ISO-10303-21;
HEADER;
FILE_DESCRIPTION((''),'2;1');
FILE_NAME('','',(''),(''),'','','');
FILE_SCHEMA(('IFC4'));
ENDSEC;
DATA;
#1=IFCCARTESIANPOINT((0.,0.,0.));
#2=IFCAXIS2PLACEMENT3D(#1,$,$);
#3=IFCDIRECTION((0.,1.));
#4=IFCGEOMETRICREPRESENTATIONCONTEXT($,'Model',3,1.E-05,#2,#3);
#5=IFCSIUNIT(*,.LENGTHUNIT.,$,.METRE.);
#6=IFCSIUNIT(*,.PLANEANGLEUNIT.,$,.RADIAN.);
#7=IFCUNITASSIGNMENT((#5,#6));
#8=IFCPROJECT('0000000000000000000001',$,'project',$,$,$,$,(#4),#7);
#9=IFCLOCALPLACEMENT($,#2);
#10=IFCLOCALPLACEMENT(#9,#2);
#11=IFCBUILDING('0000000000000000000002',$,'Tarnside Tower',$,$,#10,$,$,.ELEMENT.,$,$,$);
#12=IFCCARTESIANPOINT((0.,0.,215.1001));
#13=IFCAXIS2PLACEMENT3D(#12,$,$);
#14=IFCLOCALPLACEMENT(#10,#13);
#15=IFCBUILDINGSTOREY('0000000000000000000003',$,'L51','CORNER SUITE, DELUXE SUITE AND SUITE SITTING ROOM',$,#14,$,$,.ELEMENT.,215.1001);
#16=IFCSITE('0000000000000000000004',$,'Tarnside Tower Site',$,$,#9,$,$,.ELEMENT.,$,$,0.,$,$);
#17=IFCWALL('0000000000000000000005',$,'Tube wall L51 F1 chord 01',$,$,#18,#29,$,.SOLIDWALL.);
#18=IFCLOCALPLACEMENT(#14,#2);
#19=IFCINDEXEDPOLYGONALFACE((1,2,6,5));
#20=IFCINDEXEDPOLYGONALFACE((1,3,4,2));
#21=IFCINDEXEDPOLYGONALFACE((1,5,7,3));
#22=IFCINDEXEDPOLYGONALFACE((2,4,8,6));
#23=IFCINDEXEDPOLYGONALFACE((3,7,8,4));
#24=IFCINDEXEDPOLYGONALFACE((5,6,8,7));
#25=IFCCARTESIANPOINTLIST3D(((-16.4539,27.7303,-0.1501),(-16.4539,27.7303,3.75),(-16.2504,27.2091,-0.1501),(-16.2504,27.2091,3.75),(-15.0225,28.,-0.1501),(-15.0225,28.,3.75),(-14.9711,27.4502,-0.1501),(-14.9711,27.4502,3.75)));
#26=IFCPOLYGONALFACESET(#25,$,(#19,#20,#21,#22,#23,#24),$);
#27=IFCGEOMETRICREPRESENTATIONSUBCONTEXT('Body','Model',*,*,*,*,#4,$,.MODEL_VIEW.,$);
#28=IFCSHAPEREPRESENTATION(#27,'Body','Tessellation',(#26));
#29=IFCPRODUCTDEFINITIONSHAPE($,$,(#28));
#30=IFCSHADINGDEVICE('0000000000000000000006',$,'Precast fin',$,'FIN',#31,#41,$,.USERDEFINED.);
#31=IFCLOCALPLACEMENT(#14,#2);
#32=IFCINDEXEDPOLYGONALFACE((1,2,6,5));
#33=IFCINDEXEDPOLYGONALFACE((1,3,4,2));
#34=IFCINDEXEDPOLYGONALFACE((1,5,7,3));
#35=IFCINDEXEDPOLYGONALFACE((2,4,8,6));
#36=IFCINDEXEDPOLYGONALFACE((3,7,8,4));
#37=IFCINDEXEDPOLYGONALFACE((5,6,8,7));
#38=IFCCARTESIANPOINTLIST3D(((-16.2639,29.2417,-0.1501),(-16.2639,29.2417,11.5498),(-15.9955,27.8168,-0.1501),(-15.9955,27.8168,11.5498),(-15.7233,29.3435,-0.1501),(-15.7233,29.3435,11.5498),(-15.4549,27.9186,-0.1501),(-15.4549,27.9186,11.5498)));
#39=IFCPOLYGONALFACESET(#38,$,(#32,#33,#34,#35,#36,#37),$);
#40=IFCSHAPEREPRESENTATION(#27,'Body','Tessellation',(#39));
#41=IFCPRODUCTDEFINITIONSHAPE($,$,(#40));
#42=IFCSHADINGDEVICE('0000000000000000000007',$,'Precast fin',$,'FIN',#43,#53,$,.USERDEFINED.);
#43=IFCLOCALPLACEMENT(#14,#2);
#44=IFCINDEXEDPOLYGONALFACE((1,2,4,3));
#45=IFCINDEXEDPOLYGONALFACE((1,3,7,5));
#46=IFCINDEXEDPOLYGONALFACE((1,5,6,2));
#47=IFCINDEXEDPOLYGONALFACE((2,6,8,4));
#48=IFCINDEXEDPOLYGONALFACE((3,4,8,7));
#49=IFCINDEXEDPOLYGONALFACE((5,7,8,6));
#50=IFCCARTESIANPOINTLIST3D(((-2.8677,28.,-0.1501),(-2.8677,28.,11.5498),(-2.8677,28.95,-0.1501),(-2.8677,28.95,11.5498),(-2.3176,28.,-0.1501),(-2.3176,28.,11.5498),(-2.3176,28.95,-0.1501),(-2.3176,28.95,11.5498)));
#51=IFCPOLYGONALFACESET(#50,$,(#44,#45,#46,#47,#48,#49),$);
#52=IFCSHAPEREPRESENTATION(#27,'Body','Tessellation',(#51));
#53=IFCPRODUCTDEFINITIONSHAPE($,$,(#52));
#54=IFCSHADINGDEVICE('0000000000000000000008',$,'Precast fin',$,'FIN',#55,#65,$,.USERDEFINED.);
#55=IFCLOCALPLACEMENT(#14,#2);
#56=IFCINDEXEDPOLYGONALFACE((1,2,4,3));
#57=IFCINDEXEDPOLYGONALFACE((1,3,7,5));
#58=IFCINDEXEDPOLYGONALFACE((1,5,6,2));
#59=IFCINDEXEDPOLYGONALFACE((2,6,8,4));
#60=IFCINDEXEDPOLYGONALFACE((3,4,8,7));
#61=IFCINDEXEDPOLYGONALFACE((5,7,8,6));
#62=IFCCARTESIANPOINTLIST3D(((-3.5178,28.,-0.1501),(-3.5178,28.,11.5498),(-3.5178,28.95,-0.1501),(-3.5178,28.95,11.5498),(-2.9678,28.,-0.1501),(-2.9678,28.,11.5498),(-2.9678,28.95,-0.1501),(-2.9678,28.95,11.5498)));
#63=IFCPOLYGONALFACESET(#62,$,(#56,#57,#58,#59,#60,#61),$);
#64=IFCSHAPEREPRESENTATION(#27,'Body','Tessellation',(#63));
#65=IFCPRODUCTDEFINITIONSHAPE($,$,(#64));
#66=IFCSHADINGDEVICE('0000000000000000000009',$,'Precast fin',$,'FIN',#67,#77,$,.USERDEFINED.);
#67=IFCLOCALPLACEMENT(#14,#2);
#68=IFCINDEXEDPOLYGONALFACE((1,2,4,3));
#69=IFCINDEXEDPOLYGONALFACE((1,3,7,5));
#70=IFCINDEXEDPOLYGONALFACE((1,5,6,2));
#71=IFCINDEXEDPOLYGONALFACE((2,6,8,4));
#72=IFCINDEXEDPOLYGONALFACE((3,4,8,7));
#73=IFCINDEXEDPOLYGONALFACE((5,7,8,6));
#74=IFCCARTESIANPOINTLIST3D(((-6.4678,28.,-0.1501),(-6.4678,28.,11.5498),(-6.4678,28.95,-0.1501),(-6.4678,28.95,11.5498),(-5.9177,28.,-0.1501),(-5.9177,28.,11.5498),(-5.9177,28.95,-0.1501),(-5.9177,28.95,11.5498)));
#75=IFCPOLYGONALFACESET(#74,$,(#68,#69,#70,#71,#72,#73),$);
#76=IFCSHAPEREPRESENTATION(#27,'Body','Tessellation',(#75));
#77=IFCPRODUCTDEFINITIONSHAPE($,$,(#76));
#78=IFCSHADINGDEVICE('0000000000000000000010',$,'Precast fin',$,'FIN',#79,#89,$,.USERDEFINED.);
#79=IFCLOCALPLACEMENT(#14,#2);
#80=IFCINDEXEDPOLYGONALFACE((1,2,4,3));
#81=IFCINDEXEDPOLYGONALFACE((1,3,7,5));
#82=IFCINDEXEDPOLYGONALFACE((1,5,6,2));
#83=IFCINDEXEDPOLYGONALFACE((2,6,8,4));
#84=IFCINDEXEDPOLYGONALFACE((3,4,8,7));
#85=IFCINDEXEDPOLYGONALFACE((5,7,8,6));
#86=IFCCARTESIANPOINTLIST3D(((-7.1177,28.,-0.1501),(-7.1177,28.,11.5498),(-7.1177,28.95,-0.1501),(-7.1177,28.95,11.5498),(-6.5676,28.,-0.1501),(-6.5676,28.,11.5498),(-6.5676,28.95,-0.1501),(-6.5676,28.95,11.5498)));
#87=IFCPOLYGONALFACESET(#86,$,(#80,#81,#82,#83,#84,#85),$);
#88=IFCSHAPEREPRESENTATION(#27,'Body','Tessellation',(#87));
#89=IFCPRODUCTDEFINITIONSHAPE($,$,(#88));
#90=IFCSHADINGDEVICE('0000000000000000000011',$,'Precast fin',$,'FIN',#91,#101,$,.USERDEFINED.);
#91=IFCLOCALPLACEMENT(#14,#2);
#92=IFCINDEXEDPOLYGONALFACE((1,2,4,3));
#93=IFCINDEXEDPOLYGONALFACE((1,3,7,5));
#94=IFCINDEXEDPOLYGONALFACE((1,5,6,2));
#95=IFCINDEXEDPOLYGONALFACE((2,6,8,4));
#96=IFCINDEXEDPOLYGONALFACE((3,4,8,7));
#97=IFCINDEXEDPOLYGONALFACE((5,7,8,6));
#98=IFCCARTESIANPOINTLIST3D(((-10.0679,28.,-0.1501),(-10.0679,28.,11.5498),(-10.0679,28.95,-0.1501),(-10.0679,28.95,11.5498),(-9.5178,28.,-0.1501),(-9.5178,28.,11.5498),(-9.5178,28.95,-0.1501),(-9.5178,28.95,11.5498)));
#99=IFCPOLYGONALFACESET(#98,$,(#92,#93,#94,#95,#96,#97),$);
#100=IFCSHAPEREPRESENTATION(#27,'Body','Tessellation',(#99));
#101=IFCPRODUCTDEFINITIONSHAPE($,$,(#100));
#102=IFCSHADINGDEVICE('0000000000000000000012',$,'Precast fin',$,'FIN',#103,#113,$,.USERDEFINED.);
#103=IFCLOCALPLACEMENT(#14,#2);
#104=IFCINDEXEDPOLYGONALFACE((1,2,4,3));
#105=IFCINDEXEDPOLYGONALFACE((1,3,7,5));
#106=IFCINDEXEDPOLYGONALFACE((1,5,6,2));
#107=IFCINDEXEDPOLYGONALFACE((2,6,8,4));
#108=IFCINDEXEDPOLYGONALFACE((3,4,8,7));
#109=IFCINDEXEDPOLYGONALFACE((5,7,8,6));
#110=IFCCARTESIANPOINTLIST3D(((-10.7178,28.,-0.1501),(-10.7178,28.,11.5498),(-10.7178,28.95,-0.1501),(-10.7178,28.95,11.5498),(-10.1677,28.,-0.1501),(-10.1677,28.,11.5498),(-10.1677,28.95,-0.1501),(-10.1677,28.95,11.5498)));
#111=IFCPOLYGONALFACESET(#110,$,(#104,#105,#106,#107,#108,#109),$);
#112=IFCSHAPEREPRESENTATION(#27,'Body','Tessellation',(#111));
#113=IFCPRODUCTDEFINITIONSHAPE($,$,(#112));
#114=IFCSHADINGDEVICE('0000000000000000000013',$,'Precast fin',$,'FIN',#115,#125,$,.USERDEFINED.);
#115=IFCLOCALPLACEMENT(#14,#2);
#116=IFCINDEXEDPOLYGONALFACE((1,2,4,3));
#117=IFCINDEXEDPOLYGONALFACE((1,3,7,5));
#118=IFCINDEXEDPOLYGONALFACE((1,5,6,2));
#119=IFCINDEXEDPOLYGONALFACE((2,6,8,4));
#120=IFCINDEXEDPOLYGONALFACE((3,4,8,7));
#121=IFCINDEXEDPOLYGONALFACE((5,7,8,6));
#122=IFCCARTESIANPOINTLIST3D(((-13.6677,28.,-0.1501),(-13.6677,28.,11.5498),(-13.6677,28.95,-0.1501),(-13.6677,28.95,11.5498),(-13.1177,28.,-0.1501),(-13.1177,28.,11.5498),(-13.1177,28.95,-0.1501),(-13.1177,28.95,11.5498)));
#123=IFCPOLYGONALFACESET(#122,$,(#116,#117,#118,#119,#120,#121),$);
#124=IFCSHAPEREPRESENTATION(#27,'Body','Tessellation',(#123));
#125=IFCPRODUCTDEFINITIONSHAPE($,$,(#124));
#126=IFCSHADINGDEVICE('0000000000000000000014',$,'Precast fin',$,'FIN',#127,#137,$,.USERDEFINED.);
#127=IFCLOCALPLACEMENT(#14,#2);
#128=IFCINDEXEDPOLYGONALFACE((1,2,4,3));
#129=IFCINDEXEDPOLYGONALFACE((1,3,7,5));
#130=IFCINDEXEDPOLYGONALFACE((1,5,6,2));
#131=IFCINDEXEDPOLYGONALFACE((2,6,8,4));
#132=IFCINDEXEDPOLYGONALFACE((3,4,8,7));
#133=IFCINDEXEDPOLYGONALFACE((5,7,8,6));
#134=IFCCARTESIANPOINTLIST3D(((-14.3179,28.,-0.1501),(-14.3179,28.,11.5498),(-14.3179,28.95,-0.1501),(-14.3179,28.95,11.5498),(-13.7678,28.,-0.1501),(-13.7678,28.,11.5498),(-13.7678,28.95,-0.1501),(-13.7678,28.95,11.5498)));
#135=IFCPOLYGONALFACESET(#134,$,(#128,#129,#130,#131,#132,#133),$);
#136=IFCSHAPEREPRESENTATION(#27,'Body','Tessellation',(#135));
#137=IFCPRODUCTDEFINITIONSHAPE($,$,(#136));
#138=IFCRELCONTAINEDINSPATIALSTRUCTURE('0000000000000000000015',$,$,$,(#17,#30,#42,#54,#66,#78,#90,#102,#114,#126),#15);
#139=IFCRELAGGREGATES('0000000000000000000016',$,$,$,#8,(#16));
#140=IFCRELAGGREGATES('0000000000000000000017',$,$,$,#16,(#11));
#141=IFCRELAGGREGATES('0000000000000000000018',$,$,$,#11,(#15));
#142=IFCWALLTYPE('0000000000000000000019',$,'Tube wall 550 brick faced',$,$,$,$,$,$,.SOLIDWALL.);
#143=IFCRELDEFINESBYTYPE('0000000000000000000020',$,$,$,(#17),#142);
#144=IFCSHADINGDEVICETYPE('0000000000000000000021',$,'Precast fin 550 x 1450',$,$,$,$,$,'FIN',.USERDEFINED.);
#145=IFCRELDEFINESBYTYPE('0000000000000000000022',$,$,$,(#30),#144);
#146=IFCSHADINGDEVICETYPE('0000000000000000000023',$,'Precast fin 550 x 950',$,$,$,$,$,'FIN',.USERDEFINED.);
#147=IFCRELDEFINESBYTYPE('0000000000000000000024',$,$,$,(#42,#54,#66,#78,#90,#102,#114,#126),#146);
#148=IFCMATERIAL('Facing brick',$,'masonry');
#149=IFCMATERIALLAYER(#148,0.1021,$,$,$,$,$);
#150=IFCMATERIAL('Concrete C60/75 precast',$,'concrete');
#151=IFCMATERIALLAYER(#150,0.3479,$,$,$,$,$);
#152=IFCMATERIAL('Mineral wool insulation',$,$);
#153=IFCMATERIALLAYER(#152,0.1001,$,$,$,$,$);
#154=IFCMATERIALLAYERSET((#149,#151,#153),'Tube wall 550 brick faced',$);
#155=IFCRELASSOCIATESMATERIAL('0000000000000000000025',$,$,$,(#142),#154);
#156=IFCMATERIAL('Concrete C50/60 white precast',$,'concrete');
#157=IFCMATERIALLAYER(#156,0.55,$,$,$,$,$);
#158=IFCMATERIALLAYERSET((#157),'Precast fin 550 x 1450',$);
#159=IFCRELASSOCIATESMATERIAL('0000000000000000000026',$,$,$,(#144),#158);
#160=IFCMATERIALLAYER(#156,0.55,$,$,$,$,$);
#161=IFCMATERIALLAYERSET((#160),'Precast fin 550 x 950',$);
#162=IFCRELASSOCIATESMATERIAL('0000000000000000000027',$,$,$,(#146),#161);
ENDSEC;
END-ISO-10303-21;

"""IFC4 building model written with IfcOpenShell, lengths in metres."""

from ifc_helpers import new_model, si_unit, direction, frame, origin, place, context, subcontext, project, spatial, polyline, outline, extrude, material, layer, layer_set, type_object, element, save


model = new_model("IFC4")

# Units and contexts
model_context = context("Model", 3, precision=1e-05, world=origin(), true_north=direction((0.0, 1.0)))
body_context = subcontext(model_context, "Body", "Model", "MODEL_VIEW")
ifc_project = project(units=[si_unit("LENGTHUNIT", "METRE"), si_unit("PLANEANGLEUNIT", "RADIAN")], contexts=[model_context])

# Site, building, storey
site_placement = place(None, origin())
site = spatial("IfcSite", under=ifc_project, at=site_placement, Name="Tarnside Tower Site", CompositionType="ELEMENT", RefElevation=0.0)
building_placement = place(site_placement, origin())
building = spatial("IfcBuilding", under=site, at=building_placement, Name="Tarnside Tower", CompositionType="ELEMENT")
storey_placement = place(building_placement, frame((0.0, 0.0, 215.1001)))
storey = spatial("IfcBuildingStorey", under=building, at=storey_placement, Name="L51", Description="CORNER SUITE, DELUXE SUITE AND SUITE SITTING ROOM", CompositionType="ELEMENT", Elevation=215.1001)

# Wall
ifc_material_1 = material(Name="Facing brick", Category="masonry")
ifc_layer_1 = layer(ifc_material_1, 0.1021)
ifc_material_2 = material(Name="Concrete C60/75 precast", Category="concrete")
ifc_layer_2 = layer(ifc_material_2, 0.3479)
ifc_material_3 = material(Name="Mineral wool insulation")
ifc_layer_3 = layer(ifc_material_3, 0.1001)
ifc_layer_set_1 = layer_set([ifc_layer_1, ifc_layer_2, ifc_layer_3], Name="Tube wall 550 brick faced")
wall_type_1 = type_object("IfcWallType", Name="Tube wall 550 brick faced", PredefinedType="SOLIDWALL", material=ifc_layer_set_1)
wall_1_placement = place(storey_placement, frame((-14.9968, 27.7251, -0.1501), z_axis=(0.0, 0.0, 1.0), x_axis=(-0.982705, -0.185176, 0.0)))
element("IfcWall", 1, at=wall_1_placement, inside=storey, type_object=wall_type_1, Name="Tube wall L51 F1 chord 01", PredefinedType="SOLIDWALL", context=body_context, shape_type="SweptSolid", body=[
    extrude(outline(polyline([(-0.0256, -0.2749), (1.4309, -0.2749), (1.3274, 0.2749), (0.0256, 0.2749), (-0.0256, -0.2749)])), origin(), (0.0, 0.0, 1.0), 3.9001),
])

# Shading devices
ifc_material_4 = material(Name="Concrete C50/60 white precast", Category="concrete")
ifc_layer_4 = layer(ifc_material_4, 0.55)
ifc_layer_set_2 = layer_set([ifc_layer_4], Name="Precast fin 550 x 1450")
shading_device_type_1 = type_object("IfcShadingDeviceType", Name="Precast fin 550 x 1450", ElementType="FIN", PredefinedType="USERDEFINED", material=ifc_layer_set_2)
shading_device_placement = place(storey_placement, frame((-15.7253, 27.8677, -0.1501), z_axis=(0.982721, 0.185095, 0.0), x_axis=(-0.185095, 0.982721, 0.0)))
element("IfcShadingDevice", 2, at=shading_device_placement, inside=storey, type_object=shading_device_type_1, Name="Precast fin", ObjectType="FIN", PredefinedType="USERDEFINED", context=body_context, shape_type="SweptSolid", body=[
    extrude(outline(polyline([(0.0, 0.0), (1.45, 0.0), (1.45, 11.7), (0.0, 11.7), (0.0, 0.0)])), frame((0.0, 0.0, -0.2749)), (0.0, 0.0, 1.0), 0.55),
])
ifc_layer_5 = layer(ifc_material_4, 0.55)
ifc_layer_set_3 = layer_set([ifc_layer_5], Name="Precast fin 550 x 950")
shading_device_type_2 = type_object("IfcShadingDeviceType", Name="Precast fin 550 x 950", ElementType="FIN", PredefinedType="USERDEFINED", material=ifc_layer_set_3)
for number, where, z_axis, x_axis, name in (
    (3, (-2.5928, 28.0, -0.1501), (1.0, 0.0, 0.0), (0.0, 1.0, 0.0), "Precast fin"),
    (4, (-3.2429, 28.0, -0.1501), (1.0, 0.0, 0.0), (0.0, 1.0, 0.0), "Precast fin"),
    (5, (-6.1929, 28.0, -0.1501), (1.0, 0.0, 0.0), (0.0, 1.0, 0.0), "Precast fin"),
    (6, (-6.8428, 28.0, -0.1501), (1.0, 0.0, 0.0), (0.0, 1.0, 0.0), "Precast fin"),
    (7, (-9.793, 28.0, -0.1501), (1.0, 0.0, 0.0), (0.0, 1.0, 0.0), "Precast fin"),
    (8, (-10.4429, 28.0, -0.1501), (1.0, 0.0, 0.0), (0.0, 1.0, 0.0), "Precast fin"),
    (9, (-13.3928, 28.0, -0.1501), (1.0, 0.0, 0.0), (0.0, 1.0, 0.0), "Precast fin"),
    (10, (-14.043, 28.0, -0.1501), (1.0, 0.0, 0.0), (0.0, 1.0, 0.0), "Precast fin"),
):
    element("IfcShadingDevice", number, at=place(storey_placement, frame(where, z_axis=z_axis, x_axis=x_axis)), inside=storey, type_object=shading_device_type_2, Name=name, ObjectType="FIN", PredefinedType="USERDEFINED", context=body_context, shape_type="SweptSolid", body=[
        extrude(outline(polyline([(0.0, 0.0), (0.95, 0.0), (0.95, 11.7), (0.0, 11.7), (0.0, 0.0)])), frame((0.0, 0.0, -0.2749)), (0.0, 0.0, 1.0), 0.55),
    ])

save(model, "model.ifc")
